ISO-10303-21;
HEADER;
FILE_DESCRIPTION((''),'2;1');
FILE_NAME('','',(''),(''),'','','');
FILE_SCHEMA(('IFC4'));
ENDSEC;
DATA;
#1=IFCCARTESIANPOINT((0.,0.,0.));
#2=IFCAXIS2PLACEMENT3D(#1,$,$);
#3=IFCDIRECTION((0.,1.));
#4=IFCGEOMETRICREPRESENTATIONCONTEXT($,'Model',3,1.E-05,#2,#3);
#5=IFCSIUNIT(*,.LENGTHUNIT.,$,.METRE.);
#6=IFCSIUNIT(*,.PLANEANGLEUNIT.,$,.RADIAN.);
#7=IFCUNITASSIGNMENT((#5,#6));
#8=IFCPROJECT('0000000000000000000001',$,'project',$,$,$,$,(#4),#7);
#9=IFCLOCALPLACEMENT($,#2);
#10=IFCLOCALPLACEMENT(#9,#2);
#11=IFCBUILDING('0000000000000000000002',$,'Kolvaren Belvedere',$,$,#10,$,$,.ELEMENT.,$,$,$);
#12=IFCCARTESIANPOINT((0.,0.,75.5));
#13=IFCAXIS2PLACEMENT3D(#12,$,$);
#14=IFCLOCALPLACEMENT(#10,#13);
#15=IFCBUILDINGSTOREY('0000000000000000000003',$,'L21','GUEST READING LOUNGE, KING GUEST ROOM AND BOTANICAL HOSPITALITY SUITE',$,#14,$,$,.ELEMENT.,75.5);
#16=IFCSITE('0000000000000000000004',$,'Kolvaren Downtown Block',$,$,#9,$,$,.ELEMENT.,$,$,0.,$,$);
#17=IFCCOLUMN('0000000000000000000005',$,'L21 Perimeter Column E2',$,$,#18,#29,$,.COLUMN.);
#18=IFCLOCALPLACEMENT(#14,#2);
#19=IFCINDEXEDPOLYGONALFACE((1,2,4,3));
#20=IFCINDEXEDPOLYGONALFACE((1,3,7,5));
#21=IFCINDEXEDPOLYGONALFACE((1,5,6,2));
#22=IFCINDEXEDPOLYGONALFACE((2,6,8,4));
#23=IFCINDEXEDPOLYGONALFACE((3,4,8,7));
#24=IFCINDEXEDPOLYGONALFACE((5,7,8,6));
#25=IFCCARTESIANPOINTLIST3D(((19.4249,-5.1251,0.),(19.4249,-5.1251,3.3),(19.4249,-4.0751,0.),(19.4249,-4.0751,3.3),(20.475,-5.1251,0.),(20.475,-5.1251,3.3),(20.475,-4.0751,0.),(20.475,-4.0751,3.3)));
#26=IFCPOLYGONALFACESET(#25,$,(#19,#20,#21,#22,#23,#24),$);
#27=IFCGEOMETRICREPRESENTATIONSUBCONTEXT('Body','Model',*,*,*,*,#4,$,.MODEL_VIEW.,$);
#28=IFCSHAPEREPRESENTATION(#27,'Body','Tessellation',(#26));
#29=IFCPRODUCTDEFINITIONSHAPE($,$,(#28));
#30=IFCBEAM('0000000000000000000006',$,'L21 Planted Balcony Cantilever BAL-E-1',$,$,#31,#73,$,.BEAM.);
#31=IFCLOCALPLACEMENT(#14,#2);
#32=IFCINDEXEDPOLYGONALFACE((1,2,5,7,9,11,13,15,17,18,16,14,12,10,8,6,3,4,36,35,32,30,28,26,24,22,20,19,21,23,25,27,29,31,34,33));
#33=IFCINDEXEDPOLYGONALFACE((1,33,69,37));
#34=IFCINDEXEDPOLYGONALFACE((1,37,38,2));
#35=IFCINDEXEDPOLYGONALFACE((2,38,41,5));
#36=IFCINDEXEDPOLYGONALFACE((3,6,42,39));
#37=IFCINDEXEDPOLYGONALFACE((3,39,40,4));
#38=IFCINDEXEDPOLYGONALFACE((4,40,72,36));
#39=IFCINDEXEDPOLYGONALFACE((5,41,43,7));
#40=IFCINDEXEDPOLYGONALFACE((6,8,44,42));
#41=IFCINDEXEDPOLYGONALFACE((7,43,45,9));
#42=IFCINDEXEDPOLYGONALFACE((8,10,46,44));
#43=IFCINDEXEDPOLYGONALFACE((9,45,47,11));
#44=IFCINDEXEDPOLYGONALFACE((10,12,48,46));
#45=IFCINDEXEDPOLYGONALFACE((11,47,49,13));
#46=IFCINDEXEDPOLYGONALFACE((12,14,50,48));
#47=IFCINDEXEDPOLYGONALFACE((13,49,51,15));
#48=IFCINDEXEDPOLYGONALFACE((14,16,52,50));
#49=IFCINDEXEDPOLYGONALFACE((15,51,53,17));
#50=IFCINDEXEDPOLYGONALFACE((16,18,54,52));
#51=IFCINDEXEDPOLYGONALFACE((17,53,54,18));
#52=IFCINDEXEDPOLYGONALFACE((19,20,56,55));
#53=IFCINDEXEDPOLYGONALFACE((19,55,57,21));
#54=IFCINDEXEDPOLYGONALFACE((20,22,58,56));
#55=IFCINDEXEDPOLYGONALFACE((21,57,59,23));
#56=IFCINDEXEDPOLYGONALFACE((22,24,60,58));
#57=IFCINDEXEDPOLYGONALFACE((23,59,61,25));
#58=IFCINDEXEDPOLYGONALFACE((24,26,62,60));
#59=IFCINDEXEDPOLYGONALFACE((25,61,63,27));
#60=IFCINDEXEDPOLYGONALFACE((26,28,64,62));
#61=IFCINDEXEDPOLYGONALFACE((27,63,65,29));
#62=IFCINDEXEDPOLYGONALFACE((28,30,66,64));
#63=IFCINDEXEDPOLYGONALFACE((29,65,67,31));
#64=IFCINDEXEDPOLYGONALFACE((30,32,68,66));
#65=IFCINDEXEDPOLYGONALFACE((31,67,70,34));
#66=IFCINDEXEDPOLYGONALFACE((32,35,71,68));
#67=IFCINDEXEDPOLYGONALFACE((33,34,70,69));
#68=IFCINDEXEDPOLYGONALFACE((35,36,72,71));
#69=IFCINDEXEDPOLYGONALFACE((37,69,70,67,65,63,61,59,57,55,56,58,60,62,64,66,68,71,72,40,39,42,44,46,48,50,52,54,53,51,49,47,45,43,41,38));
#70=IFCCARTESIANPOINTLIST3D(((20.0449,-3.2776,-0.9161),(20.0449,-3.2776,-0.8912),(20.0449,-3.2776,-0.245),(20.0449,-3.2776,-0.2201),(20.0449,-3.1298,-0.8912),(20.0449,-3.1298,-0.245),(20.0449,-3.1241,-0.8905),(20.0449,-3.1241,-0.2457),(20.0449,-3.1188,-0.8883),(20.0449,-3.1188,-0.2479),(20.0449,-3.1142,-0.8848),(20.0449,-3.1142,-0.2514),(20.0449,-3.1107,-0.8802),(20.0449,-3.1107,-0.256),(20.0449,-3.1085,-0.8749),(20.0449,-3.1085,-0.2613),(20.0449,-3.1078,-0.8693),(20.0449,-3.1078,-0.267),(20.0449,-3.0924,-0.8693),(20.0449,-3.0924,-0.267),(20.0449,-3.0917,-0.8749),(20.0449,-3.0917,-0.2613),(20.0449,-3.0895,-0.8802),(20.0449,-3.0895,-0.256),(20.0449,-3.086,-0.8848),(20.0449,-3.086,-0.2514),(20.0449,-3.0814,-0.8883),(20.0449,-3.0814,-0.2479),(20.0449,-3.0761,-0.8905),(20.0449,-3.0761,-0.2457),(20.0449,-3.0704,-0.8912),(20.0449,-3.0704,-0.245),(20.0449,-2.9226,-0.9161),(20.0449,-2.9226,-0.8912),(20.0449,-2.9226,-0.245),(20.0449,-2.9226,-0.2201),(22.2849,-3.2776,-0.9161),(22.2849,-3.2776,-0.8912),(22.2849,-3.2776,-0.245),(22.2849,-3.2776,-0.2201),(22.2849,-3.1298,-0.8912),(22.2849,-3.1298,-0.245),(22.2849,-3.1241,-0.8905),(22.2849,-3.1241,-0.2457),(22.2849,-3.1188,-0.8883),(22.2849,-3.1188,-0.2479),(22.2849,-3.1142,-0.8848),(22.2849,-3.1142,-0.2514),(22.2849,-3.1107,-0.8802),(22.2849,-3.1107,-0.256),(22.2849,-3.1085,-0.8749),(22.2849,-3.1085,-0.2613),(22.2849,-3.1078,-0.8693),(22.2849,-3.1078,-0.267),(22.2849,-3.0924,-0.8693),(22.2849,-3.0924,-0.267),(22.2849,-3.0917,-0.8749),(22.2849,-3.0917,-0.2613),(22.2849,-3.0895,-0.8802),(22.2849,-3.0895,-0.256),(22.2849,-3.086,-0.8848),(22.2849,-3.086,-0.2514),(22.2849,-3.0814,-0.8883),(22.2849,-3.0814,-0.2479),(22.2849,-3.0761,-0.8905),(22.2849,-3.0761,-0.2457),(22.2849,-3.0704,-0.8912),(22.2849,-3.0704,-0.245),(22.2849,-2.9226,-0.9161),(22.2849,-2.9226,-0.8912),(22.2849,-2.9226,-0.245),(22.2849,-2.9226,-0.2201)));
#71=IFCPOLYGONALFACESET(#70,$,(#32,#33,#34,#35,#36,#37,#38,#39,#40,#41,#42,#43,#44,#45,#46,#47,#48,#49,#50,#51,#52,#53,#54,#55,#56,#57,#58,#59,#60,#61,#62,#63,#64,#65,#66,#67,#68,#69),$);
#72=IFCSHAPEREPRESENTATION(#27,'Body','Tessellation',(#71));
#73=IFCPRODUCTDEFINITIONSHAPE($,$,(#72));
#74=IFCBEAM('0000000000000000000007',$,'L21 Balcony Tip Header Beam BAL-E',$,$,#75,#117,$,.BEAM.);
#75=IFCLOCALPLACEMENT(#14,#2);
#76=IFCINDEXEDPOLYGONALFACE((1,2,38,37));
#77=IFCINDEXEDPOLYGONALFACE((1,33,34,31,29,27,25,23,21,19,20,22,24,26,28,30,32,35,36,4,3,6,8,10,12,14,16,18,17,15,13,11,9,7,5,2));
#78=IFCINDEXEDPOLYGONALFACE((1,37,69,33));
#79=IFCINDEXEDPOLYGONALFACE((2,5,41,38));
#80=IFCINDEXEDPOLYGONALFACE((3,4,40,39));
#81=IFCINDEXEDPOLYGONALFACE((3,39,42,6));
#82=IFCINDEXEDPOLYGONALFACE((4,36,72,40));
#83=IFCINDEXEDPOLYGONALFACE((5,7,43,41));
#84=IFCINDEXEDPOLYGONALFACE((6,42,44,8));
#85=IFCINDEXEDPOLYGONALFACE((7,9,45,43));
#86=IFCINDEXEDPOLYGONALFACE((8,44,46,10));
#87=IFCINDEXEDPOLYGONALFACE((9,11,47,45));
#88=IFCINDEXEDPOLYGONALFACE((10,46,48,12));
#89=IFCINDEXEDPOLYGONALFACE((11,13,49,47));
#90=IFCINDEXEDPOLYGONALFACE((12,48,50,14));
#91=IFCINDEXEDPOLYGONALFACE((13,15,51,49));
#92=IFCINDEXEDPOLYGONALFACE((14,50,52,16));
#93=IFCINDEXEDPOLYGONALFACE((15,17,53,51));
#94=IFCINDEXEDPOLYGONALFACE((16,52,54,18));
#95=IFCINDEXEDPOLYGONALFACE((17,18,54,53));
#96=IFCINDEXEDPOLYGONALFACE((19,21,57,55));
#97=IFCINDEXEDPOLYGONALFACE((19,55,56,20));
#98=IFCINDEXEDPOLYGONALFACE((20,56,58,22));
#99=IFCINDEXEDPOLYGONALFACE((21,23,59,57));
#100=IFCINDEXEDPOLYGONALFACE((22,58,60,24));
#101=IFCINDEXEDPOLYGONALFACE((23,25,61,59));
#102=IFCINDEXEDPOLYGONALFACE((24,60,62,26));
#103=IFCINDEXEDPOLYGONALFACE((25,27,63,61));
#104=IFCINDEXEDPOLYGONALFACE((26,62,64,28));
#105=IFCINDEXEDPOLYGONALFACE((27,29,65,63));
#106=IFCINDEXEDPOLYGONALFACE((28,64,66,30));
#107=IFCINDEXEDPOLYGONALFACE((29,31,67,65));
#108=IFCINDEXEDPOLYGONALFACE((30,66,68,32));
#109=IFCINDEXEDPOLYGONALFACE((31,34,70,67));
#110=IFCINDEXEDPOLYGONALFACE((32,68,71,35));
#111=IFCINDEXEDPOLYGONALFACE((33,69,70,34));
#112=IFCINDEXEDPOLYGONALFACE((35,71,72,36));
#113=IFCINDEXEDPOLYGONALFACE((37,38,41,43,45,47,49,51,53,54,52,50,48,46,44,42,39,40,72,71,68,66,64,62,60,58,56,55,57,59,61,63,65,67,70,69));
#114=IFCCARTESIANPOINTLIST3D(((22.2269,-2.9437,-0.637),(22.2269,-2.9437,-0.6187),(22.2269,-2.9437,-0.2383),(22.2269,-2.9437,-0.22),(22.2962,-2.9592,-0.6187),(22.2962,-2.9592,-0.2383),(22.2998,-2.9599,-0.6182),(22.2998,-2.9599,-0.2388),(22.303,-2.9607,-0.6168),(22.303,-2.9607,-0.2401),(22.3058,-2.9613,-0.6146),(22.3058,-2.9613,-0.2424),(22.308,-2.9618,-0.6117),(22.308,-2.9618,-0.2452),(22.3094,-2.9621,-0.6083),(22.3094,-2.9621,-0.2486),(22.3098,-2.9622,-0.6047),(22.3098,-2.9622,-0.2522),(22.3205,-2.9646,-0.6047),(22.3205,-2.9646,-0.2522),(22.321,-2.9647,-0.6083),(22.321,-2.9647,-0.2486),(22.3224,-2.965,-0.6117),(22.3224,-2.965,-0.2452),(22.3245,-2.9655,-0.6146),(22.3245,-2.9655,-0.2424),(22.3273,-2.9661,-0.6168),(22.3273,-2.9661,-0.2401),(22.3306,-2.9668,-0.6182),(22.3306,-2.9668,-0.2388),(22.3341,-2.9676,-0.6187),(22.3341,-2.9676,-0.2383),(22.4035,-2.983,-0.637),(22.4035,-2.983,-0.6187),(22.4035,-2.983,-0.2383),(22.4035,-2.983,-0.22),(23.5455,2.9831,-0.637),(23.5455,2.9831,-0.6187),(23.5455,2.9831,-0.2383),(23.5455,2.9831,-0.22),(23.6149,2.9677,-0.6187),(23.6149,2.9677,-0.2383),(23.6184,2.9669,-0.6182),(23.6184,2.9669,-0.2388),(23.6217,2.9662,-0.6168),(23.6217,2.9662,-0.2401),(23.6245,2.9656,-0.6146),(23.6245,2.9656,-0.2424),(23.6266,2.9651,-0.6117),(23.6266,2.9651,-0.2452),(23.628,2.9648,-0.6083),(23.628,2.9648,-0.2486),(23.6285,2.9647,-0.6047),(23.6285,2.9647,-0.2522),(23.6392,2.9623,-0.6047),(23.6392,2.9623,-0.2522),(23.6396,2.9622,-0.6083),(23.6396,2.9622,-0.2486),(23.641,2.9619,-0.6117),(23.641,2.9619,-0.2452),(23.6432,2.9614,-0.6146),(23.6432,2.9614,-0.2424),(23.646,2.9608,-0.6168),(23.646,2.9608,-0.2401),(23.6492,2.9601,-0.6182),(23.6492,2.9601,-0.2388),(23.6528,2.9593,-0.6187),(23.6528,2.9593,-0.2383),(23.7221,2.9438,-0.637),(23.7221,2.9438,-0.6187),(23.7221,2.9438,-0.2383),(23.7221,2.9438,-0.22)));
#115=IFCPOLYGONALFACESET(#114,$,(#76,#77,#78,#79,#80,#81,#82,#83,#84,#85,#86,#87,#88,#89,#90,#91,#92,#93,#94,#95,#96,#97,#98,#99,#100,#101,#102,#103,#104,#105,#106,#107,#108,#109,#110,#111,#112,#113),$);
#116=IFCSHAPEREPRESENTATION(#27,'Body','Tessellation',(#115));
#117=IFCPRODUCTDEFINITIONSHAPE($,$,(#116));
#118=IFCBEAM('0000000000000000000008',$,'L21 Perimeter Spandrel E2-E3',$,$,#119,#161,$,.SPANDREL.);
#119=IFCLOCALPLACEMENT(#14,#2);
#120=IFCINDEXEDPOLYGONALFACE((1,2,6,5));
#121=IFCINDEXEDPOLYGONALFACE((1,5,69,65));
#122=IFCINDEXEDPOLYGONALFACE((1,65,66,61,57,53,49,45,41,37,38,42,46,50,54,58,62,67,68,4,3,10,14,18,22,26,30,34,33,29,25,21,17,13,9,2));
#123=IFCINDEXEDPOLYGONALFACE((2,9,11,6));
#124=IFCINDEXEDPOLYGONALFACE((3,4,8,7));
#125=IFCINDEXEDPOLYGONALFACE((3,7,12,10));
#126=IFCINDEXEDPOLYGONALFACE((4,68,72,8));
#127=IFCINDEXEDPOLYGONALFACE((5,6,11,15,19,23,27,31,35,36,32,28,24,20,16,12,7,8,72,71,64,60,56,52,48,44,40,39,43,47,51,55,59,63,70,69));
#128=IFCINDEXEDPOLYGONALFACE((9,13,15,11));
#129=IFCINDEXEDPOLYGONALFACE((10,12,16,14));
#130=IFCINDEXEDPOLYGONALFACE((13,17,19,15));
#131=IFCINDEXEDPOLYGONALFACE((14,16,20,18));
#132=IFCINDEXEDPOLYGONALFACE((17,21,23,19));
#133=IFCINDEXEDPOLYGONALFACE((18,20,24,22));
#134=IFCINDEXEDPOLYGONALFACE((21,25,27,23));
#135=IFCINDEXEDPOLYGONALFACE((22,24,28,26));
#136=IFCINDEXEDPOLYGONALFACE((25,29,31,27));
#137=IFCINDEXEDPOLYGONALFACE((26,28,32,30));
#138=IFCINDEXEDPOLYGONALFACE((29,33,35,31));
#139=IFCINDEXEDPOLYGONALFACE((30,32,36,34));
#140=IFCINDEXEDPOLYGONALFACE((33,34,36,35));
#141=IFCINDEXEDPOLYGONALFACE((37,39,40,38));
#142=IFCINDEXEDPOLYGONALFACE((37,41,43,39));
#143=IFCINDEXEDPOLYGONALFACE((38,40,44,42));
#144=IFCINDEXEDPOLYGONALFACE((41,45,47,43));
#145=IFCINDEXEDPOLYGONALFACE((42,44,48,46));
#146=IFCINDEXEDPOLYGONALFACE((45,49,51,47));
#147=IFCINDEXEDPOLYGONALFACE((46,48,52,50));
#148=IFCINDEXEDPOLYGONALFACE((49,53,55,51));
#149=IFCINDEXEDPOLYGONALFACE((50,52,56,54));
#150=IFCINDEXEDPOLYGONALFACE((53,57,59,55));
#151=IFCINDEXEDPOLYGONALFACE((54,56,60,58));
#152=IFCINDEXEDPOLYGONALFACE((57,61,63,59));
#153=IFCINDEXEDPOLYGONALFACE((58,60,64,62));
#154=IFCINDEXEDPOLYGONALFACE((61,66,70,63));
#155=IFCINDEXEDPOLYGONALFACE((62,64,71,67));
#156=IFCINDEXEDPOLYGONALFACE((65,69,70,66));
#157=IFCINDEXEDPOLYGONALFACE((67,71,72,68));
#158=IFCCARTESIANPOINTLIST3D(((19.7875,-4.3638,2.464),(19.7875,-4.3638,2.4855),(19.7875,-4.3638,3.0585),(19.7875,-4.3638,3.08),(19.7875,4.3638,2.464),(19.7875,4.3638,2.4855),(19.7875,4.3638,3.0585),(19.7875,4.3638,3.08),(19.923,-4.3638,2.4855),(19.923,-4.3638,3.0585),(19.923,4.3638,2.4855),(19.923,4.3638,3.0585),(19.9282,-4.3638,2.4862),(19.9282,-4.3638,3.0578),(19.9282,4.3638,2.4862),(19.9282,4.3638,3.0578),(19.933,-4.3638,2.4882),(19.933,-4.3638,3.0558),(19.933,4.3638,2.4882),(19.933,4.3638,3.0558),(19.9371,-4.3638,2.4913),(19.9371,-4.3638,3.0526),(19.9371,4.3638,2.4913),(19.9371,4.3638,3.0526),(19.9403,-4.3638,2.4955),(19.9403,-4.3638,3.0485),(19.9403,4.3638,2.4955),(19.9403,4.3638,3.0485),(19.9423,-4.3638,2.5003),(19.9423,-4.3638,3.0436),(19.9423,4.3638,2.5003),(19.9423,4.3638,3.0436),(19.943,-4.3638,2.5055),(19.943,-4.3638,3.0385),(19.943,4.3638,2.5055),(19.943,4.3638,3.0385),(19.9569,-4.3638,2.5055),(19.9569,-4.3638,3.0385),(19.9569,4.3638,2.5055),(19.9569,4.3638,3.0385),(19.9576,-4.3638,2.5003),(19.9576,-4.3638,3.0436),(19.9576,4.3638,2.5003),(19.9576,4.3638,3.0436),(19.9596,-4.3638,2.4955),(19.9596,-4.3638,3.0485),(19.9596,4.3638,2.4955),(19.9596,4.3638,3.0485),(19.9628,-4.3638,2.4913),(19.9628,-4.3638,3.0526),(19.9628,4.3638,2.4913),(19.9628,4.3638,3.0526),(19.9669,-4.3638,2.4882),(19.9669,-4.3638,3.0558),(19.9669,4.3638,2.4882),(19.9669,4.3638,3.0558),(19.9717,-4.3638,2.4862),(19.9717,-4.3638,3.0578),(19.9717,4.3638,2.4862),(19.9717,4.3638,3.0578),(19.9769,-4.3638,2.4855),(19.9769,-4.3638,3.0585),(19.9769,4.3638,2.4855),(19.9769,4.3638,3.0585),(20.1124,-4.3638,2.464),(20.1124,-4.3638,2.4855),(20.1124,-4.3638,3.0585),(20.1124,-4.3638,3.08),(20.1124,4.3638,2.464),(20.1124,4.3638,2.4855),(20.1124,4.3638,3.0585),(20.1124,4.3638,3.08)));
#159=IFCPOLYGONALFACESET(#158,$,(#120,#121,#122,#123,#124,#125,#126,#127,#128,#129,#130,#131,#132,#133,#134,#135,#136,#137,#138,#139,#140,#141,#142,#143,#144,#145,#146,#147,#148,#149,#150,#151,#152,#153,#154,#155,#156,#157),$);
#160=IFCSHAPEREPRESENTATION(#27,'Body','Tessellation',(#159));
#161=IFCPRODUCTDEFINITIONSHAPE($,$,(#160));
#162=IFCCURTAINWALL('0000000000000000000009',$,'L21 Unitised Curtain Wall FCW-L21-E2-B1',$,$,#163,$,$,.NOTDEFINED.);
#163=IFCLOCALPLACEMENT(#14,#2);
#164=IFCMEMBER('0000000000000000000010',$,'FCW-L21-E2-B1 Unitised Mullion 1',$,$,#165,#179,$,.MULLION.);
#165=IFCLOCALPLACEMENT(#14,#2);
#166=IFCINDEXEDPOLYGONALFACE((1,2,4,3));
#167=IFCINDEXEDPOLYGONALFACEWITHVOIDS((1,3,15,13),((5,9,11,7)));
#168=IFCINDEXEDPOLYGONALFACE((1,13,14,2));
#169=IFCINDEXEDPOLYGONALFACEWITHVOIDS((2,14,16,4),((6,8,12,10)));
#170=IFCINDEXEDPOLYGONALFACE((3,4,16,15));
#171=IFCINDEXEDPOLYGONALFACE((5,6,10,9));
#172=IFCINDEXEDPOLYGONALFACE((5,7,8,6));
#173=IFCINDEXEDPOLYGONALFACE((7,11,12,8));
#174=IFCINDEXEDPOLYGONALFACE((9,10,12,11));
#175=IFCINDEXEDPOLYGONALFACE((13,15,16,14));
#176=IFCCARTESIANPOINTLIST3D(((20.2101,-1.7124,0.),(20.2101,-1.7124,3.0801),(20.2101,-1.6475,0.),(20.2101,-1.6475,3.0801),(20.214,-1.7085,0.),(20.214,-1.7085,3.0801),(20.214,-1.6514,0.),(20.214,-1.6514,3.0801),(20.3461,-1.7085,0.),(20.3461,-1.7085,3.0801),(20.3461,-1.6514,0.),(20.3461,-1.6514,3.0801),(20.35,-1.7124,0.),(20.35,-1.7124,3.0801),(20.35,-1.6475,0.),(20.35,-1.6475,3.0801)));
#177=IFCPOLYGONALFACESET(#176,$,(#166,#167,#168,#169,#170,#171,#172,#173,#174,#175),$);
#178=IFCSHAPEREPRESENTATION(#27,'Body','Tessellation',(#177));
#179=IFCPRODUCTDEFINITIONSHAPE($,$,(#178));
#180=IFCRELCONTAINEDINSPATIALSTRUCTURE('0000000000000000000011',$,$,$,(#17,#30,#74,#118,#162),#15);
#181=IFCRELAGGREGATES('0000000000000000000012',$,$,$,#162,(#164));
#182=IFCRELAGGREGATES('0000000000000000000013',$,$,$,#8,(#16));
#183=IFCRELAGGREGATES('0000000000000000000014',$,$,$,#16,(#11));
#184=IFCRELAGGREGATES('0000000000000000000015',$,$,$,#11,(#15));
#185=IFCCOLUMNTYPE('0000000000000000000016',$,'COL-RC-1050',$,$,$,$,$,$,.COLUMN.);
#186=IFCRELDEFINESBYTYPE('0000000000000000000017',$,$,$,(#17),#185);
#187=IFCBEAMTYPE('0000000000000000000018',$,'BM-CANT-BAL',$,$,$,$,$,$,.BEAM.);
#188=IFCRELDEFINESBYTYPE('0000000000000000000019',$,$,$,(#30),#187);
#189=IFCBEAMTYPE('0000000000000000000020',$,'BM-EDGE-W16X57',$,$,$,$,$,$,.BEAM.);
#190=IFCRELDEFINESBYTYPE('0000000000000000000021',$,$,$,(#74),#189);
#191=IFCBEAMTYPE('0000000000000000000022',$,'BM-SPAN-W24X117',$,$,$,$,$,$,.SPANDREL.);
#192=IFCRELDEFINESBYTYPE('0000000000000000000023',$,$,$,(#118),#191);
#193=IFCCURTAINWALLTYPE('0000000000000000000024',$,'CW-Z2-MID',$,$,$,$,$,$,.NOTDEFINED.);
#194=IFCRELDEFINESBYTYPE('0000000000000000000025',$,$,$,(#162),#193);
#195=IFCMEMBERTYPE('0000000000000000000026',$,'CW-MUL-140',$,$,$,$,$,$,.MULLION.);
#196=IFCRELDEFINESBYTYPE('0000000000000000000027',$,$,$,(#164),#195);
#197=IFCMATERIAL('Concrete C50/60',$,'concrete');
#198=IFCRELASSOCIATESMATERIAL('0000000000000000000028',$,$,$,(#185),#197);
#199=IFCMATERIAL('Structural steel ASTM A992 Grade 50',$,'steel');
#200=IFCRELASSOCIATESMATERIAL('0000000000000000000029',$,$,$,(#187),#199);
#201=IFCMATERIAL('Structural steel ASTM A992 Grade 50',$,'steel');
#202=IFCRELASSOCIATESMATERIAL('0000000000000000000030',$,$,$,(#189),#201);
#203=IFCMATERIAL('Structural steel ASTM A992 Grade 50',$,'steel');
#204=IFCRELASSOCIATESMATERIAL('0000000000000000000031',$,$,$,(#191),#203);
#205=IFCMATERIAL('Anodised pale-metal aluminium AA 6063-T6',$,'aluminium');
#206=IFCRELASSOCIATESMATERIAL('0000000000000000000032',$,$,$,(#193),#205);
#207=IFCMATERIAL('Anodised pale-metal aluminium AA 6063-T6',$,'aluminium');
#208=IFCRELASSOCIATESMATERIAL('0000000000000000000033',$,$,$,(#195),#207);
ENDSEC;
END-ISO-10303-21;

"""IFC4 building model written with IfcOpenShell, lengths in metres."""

from ifc_helpers import new_model, si_unit, direction, frame, origin, origin_2d, place, context, subcontext, project, spatial, rectangle, hollow_rectangle, i_section, extrude, material, material_profile, profile_set, type_object, element, aggregate, save


model = new_model("IFC4")

# Units and contexts
model_context = context("Model", 3, precision=1e-05, world=origin(), true_north=direction((0.0, 1.0)))
body_context = subcontext(model_context, "Body", "Model", "MODEL_VIEW")
ifc_project = project(units=[si_unit("LENGTHUNIT", "METRE"), si_unit("PLANEANGLEUNIT", "RADIAN")], contexts=[model_context])

# Site, building, storey
site_placement = place(None, origin())
site = spatial("IfcSite", under=ifc_project, at=site_placement, Name="Kolvaren Downtown Block", CompositionType="ELEMENT", RefElevation=0.0)
building_placement = place(site_placement, origin())
building = spatial("IfcBuilding", under=site, at=building_placement, Name="Kolvaren Belvedere", CompositionType="ELEMENT")
storey_placement = place(building_placement, frame((0.0, 0.0, 75.5)))
storey = spatial("IfcBuildingStorey", under=building, at=storey_placement, Name="L21", Description="GUEST READING LOUNGE, KING GUEST ROOM AND BOTANICAL HOSPITALITY SUITE", CompositionType="ELEMENT", Elevation=75.5)

# Column
ifc_material_1 = material(Name="Concrete C50/60", Category="concrete")
ifc_material_profile_1 = material_profile(ifc_material_1, rectangle(XDim=1.05, YDim=1.05, at=origin_2d()), Name="RC 1050X1050")
ifc_profile_set_1 = profile_set([ifc_material_profile_1], Name="Concrete C50/60")
column_type = type_object("IfcColumnType", Name="COL-RC-1050", PredefinedType="COLUMN", material=ifc_profile_set_1)
column_placement = place(storey_placement, frame((19.95, -4.6001, 0.0), z_axis=(0.0, 0.0, 1.0), x_axis=(1.0, 0.0, 0.0)))
element("IfcColumn", 1, at=column_placement, inside=storey, type_object=column_type, Name="L21 Perimeter Column E2", PredefinedType="COLUMN", context=body_context, shape_type="SweptSolid", body=[
    extrude(rectangle(XDim=1.05, YDim=1.05, at=origin_2d()), origin(), (0.0, 0.0, 1.0), 3.3),
])

# Beams
ifc_material_2 = material(Name="Structural steel ASTM A992 Grade 50", Category="steel")
ifc_material_profile_2 = material_profile(ifc_material_2, i_section(OverallWidth=0.355, OverallDepth=0.696, WebThickness=0.0154, FlangeThickness=0.0249, FilletRadius=0.022, at=origin_2d()), Name="W27X146")
ifc_profile_set_2 = profile_set([ifc_material_profile_2], Name="Structural steel ASTM A992 Grade 50")
beam_type_1 = type_object("IfcBeamType", Name="BM-CANT-BAL", PredefinedType="BEAM", material=ifc_profile_set_2)
beam_1_placement = place(storey_placement, frame((20.0449, -3.1001, -0.5681), z_axis=(1.0, 0.0, 0.0), x_axis=(0.0, 1.0, 0.0)))
element("IfcBeam", 2, at=beam_1_placement, inside=storey, type_object=beam_type_1, Name="L21 Planted Balcony Cantilever BAL-E-1", PredefinedType="BEAM", context=body_context, shape_type="SweptSolid", body=[
    extrude(i_section(OverallWidth=0.355, OverallDepth=0.696, WebThickness=0.0154, FlangeThickness=0.0249, FilletRadius=0.022, at=origin_2d()), origin(), (0.0, 0.0, 1.0), 2.24),
])
ifc_material_3 = material(Name="Structural steel ASTM A992 Grade 50", Category="steel")
ifc_material_profile_3 = material_profile(ifc_material_3, i_section(OverallWidth=0.1809, OverallDepth=0.417, WebThickness=0.011, FlangeThickness=0.0183, FilletRadius=0.0139, at=origin_2d()), Name="W16X57")
ifc_profile_set_3 = profile_set([ifc_material_profile_3], Name="Structural steel ASTM A992 Grade 50")
beam_type_2 = type_object("IfcBeamType", Name="BM-EDGE-W16X57", PredefinedType="BEAM", material=ifc_profile_set_3)
beam_2_placement = place(storey_placement, frame((22.3152, -2.9634, -0.4285), z_axis=(0.217173, 0.976133, 0.0), x_axis=(-0.976133, 0.217173, 0.0)))
element("IfcBeam", 3, at=beam_2_placement, inside=storey, type_object=beam_type_2, Name="L21 Balcony Tip Header Beam BAL-E", PredefinedType="BEAM", context=body_context, shape_type="SweptSolid", body=[
    extrude(i_section(OverallWidth=0.1809, OverallDepth=0.417, WebThickness=0.011, FlangeThickness=0.0183, FilletRadius=0.0139, at=origin_2d()), origin(), (0.0, 0.0, 1.0), 6.0718),
])
ifc_material_4 = material(Name="Structural steel ASTM A992 Grade 50", Category="steel")
ifc_material_profile_4 = material_profile(ifc_material_4, i_section(OverallWidth=0.325, OverallDepth=0.616, WebThickness=0.0139, FlangeThickness=0.0215, FilletRadius=0.02, at=origin_2d()), Name="W24X117")
ifc_profile_set_4 = profile_set([ifc_material_profile_4], Name="Structural steel ASTM A992 Grade 50")
beam_type_3 = type_object("IfcBeamType", Name="BM-SPAN-W24X117", PredefinedType="SPANDREL", material=ifc_profile_set_4)
beam_3_placement = place(storey_placement, frame((19.95, -4.3638, 2.772), z_axis=(0.0, 1.0, 0.0), x_axis=(-1.0, 0.0, 0.0)))
element("IfcBeam", 4, at=beam_3_placement, inside=storey, type_object=beam_type_3, Name="L21 Perimeter Spandrel E2-E3", PredefinedType="SPANDREL", context=body_context, shape_type="SweptSolid", body=[
    extrude(i_section(OverallWidth=0.325, OverallDepth=0.616, WebThickness=0.0139, FlangeThickness=0.0215, FilletRadius=0.02, at=origin_2d()), origin(), (0.0, 0.0, 1.0), 8.7275),
])

# Curtain wall, member
ifc_material_5 = material(Name="Anodised pale-metal aluminium AA 6063-T6", Category="aluminium")
curtain_wall_type = type_object("IfcCurtainWallType", Name="CW-Z2-MID", PredefinedType="NOTDEFINED", material=ifc_material_5)
curtain_wall_1_placement = place(storey_placement, origin())
curtain_wall_1 = element("IfcCurtainWall", 5, at=curtain_wall_1_placement, inside=storey, type_object=curtain_wall_type, Name="L21 Unitised Curtain Wall FCW-L21-E2-B1", PredefinedType="NOTDEFINED")
ifc_material_6 = material(Name="Anodised pale-metal aluminium AA 6063-T6", Category="aluminium")
ifc_material_profile_5 = material_profile(ifc_material_6, hollow_rectangle(XDim=0.0649, YDim=0.1399, WallThickness=0.0039, at=origin_2d()), Name="ALU-MUL-140X65")
ifc_profile_set_5 = profile_set([ifc_material_profile_5], Name="Anodised pale-metal aluminium AA 6063-T6")
member_type_1 = type_object("IfcMemberType", Name="CW-MUL-140", PredefinedType="MULLION", material=ifc_profile_set_5)
member_1_placement = place(storey_placement, frame((20.28, -1.6799, 0.0), z_axis=(0.0, 0.0, 1.0), x_axis=(0.0, 1.0, 0.0)))
member_1 = element("IfcMember", 6, at=member_1_placement, type_object=member_type_1, Name="FCW-L21-E2-B1 Unitised Mullion 1", PredefinedType="MULLION", context=body_context, shape_type="SweptSolid", body=[
    extrude(hollow_rectangle(XDim=0.0649, YDim=0.1399, WallThickness=0.0039, at=origin_2d()), origin(), (0.0, 0.0, 1.0), 3.0801),
])

aggregate(curtain_wall_1, [member_1])

save(model, "model.ifc")
